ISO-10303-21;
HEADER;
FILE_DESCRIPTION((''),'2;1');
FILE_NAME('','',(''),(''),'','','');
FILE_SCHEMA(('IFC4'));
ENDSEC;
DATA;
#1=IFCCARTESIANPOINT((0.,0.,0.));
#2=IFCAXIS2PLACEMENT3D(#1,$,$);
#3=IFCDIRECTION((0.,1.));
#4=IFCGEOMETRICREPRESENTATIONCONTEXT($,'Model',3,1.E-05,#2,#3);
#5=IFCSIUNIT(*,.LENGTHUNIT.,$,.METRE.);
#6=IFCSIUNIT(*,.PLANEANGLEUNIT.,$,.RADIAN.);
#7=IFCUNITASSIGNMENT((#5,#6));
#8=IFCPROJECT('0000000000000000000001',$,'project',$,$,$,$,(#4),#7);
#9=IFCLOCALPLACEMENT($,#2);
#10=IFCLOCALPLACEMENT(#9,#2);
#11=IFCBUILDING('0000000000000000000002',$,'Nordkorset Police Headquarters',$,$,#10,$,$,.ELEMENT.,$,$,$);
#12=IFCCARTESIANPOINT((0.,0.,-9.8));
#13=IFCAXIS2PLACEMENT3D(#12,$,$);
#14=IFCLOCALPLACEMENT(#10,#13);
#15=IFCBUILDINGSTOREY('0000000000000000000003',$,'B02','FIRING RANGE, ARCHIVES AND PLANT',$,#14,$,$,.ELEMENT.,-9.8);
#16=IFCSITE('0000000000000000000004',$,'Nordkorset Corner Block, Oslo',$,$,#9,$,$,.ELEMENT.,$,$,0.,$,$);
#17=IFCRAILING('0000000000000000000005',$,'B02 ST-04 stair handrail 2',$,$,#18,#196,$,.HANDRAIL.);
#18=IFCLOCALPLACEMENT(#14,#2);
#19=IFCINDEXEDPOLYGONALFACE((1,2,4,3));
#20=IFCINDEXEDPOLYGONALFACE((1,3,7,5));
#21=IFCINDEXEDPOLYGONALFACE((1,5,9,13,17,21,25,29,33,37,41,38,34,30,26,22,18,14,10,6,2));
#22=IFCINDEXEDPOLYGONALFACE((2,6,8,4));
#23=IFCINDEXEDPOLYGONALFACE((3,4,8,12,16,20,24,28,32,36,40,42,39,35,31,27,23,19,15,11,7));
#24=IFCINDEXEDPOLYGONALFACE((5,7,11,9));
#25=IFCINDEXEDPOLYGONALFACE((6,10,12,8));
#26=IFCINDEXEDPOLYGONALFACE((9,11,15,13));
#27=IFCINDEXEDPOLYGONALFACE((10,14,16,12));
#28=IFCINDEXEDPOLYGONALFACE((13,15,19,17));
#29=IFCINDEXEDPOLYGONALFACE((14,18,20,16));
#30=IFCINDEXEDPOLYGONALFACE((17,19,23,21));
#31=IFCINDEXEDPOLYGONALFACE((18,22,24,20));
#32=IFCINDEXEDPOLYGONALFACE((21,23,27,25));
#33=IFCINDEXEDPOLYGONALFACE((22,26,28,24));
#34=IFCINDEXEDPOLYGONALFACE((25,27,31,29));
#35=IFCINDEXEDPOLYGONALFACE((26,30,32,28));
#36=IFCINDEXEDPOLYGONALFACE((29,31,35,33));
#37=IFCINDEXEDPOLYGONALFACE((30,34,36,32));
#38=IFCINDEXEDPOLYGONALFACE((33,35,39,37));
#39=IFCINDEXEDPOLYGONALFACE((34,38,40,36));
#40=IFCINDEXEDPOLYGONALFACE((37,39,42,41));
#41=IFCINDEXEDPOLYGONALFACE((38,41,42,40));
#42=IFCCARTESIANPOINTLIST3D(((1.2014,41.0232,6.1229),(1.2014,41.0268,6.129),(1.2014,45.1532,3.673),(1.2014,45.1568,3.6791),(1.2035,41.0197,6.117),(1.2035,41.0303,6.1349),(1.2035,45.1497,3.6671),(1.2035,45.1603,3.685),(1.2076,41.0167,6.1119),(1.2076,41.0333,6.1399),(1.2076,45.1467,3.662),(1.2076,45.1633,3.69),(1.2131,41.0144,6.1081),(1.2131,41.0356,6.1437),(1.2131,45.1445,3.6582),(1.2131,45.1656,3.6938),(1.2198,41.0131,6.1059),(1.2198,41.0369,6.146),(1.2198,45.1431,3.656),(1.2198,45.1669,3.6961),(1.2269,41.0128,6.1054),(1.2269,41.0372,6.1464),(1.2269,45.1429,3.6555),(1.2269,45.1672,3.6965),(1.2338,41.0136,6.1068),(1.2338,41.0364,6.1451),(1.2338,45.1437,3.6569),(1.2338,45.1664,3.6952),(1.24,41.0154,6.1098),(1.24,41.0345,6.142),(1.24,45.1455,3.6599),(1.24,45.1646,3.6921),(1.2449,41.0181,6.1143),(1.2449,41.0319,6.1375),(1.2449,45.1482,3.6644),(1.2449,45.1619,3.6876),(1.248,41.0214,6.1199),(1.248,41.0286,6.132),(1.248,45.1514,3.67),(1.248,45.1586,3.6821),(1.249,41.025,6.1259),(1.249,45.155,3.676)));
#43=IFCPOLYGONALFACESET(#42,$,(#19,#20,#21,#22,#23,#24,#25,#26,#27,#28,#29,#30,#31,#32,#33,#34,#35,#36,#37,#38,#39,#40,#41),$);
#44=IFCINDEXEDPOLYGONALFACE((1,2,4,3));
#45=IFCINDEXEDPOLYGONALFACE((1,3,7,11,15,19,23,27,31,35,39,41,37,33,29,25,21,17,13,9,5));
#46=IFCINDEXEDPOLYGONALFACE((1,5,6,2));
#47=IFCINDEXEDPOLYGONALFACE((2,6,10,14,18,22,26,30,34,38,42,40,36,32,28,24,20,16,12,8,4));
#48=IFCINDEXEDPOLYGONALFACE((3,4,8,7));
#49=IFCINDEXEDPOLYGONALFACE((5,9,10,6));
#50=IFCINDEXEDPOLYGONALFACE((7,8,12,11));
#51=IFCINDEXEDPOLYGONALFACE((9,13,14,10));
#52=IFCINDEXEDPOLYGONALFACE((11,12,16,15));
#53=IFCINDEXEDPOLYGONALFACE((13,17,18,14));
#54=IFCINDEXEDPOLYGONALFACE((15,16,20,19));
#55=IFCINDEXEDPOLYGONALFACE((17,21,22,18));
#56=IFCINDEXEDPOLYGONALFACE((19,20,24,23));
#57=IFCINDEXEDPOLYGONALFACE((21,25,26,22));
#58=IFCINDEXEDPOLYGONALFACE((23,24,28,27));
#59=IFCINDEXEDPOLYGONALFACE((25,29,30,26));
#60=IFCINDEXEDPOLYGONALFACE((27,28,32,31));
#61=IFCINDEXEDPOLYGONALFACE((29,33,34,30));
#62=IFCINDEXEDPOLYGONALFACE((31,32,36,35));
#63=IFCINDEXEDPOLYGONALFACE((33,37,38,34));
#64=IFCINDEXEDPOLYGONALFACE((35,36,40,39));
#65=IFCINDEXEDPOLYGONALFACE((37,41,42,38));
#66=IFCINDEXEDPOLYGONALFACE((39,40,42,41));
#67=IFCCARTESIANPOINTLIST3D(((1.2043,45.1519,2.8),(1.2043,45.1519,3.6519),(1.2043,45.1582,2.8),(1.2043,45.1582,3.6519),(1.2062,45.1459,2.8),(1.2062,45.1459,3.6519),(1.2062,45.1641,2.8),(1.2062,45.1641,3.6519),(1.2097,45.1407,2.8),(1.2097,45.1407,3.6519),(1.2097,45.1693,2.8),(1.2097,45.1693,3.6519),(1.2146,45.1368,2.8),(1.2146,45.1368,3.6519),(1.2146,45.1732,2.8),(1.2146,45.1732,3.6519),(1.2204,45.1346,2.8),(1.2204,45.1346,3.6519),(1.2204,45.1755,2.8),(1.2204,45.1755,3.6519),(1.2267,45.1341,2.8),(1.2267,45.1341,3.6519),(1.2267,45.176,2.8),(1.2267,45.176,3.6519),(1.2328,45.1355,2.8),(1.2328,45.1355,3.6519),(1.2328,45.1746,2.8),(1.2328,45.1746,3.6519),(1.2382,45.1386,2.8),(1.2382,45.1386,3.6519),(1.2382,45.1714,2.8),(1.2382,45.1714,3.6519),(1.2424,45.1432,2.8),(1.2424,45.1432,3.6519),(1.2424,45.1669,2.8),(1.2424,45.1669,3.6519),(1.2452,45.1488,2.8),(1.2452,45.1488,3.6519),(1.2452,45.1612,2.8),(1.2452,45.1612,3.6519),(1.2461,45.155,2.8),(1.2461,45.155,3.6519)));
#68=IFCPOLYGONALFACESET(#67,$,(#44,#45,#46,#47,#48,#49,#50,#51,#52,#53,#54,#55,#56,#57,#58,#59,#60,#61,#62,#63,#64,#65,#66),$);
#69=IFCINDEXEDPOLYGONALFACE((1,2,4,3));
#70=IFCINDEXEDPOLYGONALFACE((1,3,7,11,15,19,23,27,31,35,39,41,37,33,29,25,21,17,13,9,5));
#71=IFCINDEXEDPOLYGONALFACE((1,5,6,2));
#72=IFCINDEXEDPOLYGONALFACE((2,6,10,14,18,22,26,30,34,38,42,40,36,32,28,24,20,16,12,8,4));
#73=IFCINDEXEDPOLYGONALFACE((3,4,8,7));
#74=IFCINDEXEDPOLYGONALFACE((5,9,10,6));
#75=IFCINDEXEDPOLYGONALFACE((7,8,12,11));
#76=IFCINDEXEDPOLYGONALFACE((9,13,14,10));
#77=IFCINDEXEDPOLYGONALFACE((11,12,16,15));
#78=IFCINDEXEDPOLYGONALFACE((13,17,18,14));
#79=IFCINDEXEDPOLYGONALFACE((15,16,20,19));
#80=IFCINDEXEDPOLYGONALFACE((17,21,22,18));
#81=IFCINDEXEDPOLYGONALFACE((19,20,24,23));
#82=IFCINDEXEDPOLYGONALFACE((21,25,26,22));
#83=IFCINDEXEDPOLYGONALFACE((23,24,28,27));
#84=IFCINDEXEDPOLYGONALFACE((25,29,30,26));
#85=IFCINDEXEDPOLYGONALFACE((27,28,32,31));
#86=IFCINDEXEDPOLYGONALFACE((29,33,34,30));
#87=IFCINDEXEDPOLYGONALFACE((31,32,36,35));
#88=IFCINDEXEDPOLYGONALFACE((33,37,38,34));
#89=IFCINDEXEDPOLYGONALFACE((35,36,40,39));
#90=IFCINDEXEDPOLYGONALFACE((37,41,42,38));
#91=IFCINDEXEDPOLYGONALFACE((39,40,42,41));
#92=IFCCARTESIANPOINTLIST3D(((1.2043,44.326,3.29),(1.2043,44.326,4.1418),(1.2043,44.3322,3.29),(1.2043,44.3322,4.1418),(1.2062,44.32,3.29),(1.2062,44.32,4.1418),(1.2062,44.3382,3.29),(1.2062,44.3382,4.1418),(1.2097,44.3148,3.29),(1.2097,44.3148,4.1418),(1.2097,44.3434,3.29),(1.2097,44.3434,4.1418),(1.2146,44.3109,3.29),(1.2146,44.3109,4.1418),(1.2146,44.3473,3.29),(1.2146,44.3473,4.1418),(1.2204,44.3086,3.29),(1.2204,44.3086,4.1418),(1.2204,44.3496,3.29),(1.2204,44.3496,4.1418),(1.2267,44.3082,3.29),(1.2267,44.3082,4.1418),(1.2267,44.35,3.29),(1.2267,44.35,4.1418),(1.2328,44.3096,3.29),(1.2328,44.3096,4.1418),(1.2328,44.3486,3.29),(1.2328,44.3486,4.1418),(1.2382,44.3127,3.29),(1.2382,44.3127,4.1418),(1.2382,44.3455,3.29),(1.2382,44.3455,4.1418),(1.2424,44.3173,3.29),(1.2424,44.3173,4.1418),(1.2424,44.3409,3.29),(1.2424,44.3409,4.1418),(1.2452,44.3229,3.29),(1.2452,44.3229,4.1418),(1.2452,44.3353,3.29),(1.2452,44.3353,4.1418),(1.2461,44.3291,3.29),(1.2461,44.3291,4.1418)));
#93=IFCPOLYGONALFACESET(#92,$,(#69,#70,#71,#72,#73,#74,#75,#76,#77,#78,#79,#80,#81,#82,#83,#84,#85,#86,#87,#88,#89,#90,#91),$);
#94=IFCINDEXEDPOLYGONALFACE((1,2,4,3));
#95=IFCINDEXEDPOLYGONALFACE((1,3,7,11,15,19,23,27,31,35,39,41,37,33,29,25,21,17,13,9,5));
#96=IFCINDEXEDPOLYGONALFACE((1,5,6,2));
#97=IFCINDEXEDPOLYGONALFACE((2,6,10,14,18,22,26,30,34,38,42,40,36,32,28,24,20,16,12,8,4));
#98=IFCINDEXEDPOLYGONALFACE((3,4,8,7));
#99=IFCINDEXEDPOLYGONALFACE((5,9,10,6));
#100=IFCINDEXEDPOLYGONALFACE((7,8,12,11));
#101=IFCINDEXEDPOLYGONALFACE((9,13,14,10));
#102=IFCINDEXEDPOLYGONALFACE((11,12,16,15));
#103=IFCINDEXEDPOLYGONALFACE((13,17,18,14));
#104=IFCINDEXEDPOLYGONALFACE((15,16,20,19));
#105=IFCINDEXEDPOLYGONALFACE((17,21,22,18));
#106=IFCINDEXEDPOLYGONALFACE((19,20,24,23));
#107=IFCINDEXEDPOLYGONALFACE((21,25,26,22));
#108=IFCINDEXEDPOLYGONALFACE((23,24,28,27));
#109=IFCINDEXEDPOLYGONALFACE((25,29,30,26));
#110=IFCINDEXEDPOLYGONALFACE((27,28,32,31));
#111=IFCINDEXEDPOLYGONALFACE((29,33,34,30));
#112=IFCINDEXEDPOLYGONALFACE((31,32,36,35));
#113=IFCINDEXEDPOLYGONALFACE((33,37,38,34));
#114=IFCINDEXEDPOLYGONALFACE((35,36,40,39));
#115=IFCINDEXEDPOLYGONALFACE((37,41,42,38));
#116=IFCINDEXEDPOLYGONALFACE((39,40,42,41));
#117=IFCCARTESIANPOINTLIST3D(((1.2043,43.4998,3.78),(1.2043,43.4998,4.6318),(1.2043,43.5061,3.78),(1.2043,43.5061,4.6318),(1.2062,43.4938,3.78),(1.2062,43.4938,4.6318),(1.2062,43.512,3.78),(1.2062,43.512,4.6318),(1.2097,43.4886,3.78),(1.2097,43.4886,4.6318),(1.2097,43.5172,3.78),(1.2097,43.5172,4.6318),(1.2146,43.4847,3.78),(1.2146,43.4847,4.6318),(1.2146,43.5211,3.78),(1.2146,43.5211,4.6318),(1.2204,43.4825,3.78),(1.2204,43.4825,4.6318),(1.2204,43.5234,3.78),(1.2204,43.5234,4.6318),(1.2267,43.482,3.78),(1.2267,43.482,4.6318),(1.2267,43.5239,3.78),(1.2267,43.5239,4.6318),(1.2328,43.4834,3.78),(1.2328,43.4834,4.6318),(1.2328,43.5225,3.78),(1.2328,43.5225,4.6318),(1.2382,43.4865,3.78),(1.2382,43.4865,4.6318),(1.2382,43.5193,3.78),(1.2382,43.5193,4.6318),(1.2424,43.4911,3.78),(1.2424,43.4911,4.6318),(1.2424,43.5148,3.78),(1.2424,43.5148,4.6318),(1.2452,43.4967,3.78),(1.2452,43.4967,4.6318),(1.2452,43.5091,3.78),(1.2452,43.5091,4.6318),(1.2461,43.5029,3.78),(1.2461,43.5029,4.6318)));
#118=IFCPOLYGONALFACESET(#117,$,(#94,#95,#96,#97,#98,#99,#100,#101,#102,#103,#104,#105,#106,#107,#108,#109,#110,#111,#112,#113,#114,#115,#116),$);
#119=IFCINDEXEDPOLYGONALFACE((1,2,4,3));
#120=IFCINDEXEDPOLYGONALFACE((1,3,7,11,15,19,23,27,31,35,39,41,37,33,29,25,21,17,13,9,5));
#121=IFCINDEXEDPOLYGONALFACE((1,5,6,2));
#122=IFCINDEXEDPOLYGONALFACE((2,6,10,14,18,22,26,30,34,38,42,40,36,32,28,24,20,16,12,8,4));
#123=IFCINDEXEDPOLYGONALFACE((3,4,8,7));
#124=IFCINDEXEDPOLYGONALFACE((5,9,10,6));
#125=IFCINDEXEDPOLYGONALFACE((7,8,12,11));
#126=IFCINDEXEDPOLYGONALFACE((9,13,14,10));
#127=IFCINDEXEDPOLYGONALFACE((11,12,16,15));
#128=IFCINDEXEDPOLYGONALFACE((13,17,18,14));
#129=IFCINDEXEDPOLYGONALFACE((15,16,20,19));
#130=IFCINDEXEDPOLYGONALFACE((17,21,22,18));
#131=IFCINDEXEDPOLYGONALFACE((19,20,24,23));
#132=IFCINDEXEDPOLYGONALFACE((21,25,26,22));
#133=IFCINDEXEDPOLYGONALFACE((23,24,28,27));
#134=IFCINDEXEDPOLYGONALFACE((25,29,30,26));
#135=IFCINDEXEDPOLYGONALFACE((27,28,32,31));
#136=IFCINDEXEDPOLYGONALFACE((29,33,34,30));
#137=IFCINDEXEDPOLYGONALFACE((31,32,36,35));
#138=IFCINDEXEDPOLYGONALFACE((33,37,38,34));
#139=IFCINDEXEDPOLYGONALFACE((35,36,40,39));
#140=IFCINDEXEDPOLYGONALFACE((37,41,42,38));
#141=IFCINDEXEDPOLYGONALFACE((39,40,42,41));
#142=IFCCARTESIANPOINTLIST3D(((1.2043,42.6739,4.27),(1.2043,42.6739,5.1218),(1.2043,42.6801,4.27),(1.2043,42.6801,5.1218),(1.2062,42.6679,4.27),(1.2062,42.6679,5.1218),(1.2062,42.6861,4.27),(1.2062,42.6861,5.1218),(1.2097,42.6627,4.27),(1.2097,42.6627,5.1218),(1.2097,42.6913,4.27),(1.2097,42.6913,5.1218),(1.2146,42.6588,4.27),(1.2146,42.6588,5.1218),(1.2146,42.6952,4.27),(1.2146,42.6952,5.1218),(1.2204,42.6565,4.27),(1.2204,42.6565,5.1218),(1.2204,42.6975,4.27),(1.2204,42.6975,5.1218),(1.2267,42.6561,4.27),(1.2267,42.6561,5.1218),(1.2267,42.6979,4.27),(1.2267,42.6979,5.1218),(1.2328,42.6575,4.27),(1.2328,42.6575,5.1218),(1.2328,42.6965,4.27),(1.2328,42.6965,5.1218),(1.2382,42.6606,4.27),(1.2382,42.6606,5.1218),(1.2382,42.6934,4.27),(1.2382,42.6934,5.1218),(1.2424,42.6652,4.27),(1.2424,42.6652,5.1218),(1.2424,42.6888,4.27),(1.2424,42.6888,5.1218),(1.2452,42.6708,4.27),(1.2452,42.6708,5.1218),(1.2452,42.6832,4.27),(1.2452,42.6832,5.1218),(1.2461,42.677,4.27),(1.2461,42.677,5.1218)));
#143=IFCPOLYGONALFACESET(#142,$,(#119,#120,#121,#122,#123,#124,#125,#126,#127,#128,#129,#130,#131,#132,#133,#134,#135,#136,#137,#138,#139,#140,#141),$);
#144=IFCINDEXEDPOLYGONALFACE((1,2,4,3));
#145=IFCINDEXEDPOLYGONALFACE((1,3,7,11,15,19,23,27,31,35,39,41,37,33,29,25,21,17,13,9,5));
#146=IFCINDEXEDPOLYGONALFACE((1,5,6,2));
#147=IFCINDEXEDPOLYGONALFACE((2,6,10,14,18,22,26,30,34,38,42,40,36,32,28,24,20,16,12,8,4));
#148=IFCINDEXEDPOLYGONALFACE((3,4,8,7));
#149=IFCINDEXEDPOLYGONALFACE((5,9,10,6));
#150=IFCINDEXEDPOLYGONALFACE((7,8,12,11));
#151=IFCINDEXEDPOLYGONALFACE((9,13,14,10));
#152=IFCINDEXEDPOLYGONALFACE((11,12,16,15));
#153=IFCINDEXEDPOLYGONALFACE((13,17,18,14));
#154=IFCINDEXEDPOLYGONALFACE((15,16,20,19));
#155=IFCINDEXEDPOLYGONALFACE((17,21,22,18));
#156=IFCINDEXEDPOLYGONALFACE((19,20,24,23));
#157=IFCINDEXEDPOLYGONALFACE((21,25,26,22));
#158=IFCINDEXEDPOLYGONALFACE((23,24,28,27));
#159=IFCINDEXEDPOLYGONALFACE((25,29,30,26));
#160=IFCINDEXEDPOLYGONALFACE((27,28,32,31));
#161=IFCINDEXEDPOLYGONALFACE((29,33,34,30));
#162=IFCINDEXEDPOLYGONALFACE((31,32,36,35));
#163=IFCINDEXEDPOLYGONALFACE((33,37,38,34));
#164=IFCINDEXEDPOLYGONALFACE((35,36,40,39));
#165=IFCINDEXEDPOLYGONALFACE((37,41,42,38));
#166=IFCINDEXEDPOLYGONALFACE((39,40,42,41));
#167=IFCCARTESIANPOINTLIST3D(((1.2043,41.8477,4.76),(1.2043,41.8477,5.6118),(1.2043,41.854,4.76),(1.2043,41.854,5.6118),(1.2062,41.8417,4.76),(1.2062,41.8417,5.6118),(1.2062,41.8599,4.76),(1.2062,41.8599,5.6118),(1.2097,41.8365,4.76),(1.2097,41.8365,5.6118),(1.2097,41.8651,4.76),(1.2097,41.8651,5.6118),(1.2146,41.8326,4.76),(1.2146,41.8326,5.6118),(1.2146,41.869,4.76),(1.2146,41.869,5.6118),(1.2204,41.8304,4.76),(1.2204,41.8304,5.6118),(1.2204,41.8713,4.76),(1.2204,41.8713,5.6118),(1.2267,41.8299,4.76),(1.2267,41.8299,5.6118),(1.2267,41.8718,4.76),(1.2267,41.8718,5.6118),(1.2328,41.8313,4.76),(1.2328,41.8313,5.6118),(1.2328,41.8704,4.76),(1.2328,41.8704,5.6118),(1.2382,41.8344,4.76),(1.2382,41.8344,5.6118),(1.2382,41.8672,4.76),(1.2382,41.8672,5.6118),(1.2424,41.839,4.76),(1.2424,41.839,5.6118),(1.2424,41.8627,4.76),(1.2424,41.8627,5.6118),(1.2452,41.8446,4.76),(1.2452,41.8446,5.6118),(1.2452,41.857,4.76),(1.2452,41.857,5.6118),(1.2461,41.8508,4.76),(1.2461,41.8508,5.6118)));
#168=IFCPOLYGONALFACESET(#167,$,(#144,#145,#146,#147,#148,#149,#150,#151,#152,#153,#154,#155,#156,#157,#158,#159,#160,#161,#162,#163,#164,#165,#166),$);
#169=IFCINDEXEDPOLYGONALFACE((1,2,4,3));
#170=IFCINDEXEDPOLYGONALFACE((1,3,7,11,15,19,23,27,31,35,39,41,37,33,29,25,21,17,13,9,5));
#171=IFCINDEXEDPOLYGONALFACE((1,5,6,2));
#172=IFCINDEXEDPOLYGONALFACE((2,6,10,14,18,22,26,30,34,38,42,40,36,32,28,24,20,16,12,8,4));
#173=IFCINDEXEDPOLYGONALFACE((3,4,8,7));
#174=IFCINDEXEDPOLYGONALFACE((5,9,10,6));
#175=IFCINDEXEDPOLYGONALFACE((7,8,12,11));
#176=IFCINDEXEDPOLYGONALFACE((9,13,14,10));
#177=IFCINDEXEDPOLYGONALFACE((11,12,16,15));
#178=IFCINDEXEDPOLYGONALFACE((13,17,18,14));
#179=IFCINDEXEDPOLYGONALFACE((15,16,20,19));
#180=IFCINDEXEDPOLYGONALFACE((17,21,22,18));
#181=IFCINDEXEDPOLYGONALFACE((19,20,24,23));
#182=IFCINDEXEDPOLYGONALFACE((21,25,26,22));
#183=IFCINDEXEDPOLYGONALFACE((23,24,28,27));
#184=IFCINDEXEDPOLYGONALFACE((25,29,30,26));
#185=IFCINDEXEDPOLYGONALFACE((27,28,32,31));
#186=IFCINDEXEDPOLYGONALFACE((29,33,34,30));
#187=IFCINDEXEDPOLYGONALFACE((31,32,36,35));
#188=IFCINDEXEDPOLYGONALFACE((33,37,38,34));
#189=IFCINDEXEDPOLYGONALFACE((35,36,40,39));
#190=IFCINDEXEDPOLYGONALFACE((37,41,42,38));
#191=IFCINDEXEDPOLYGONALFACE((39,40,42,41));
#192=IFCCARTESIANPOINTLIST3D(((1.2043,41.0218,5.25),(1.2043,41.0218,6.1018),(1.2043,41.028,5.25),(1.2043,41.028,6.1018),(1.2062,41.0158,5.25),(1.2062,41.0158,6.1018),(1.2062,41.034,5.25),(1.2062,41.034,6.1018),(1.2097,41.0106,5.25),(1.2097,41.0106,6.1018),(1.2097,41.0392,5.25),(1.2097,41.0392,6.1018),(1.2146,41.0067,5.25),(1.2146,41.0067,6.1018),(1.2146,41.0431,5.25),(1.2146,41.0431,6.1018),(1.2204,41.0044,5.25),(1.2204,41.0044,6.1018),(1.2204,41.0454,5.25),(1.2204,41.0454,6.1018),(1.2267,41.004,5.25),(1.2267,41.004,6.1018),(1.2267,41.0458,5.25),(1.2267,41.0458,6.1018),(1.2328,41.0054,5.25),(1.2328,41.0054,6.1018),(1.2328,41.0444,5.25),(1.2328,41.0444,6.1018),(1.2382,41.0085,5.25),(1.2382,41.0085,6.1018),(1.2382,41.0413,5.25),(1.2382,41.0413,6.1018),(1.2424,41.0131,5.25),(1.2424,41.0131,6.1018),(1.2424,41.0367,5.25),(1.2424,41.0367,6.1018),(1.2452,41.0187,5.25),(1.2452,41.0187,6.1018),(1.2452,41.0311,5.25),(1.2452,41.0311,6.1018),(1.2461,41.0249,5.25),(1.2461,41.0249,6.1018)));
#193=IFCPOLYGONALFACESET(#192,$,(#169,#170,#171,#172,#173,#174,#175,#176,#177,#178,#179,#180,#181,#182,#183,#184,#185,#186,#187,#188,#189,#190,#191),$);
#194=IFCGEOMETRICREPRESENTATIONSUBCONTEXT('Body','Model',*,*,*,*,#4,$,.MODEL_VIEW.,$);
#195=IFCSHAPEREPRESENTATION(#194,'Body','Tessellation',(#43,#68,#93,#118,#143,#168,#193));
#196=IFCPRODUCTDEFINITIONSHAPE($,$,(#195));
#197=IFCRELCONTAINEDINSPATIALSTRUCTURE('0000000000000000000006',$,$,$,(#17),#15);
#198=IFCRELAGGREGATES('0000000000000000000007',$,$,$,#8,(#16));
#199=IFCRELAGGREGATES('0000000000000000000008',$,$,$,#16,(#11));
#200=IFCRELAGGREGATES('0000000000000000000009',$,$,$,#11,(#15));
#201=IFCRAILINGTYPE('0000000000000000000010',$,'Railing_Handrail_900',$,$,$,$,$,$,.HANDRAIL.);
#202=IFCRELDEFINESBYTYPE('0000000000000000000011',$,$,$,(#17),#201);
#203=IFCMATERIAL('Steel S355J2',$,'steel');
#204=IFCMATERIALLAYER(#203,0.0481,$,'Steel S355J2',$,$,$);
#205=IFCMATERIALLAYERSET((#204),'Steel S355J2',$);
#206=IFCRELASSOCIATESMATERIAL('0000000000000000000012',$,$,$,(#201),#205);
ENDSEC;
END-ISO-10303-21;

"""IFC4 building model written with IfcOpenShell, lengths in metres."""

from ifc_helpers import new_model, si_unit, direction, frame, origin, origin_2d, place, context, subcontext, project, spatial, circle, extrude, material, layer, layer_set, type_object, element, save


model = new_model("IFC4")

# Units and contexts
model_context = context("Model", 3, precision=1e-05, world=origin(), true_north=direction((0.0, 1.0)))
body_context = subcontext(model_context, "Body", "Model", "MODEL_VIEW")
ifc_project = project(units=[si_unit("LENGTHUNIT", "METRE"), si_unit("PLANEANGLEUNIT", "RADIAN")], contexts=[model_context])

# Site, building, storey
site_placement = place(None, origin())
site = spatial("IfcSite", under=ifc_project, at=site_placement, Name="Nordkorset Corner Block, Oslo", CompositionType="ELEMENT", RefElevation=0.0)
building_placement = place(site_placement, origin())
building = spatial("IfcBuilding", under=site, at=building_placement, Name="Nordkorset Police Headquarters", CompositionType="ELEMENT")
storey_placement = place(building_placement, frame((0.0, 0.0, -9.8)))
storey = spatial("IfcBuildingStorey", under=building, at=storey_placement, Name="B02", Description="FIRING RANGE, ARCHIVES AND PLANT", CompositionType="ELEMENT", Elevation=-9.8)

# Railing
ifc_material_1 = material(Name="Steel S355J2", Category="steel")
ifc_layer_1 = layer(ifc_material_1, 0.0481, Name="Steel S355J2")
ifc_layer_set_1 = layer_set([ifc_layer_1], Name="Steel S355J2")
railing_type_1 = type_object("IfcRailingType", Name="Railing_Handrail_900", PredefinedType="HANDRAIL", material=ifc_layer_set_1)
railing_1_placement = place(storey_placement, frame((1.2251, 45.155, 2.8)))
element("IfcRailing", 1, at=railing_1_placement, inside=storey, type_object=railing_type_1, Name="B02 ST-04 stair handrail 2", PredefinedType="HANDRAIL", context=body_context, shape_type="SweptSolid", body=[
    extrude(circle(Radius=0.0239, at=origin_2d()), frame((0.0, 0.0, 0.876), z_axis=(0.0, -0.860066, 0.510183), x_axis=(1.0, 0.0, 0.0)), (0.0, 0.0, 1.0), 4.802),
    extrude(circle(Radius=0.021, at=origin_2d()), origin(), (0.0, 0.0, 1.0), 0.8518),
    extrude(circle(Radius=0.021, at=origin_2d()), frame((0.0, -0.8259, 0.49)), (0.0, 0.0, 1.0), 0.8518),
    extrude(circle(Radius=0.021, at=origin_2d()), frame((0.0, -1.6521, 0.98)), (0.0, 0.0, 1.0), 0.8518),
    extrude(circle(Radius=0.021, at=origin_2d()), frame((0.0, -2.478, 1.47)), (0.0, 0.0, 1.0), 0.8518),
    extrude(circle(Radius=0.021, at=origin_2d()), frame((0.0, -3.3042, 1.96)), (0.0, 0.0, 1.0), 0.8518),
    extrude(circle(Radius=0.021, at=origin_2d()), frame((0.0, -4.1301, 2.45)), (0.0, 0.0, 1.0), 0.8518),
])

save(model, "model.ifc")
